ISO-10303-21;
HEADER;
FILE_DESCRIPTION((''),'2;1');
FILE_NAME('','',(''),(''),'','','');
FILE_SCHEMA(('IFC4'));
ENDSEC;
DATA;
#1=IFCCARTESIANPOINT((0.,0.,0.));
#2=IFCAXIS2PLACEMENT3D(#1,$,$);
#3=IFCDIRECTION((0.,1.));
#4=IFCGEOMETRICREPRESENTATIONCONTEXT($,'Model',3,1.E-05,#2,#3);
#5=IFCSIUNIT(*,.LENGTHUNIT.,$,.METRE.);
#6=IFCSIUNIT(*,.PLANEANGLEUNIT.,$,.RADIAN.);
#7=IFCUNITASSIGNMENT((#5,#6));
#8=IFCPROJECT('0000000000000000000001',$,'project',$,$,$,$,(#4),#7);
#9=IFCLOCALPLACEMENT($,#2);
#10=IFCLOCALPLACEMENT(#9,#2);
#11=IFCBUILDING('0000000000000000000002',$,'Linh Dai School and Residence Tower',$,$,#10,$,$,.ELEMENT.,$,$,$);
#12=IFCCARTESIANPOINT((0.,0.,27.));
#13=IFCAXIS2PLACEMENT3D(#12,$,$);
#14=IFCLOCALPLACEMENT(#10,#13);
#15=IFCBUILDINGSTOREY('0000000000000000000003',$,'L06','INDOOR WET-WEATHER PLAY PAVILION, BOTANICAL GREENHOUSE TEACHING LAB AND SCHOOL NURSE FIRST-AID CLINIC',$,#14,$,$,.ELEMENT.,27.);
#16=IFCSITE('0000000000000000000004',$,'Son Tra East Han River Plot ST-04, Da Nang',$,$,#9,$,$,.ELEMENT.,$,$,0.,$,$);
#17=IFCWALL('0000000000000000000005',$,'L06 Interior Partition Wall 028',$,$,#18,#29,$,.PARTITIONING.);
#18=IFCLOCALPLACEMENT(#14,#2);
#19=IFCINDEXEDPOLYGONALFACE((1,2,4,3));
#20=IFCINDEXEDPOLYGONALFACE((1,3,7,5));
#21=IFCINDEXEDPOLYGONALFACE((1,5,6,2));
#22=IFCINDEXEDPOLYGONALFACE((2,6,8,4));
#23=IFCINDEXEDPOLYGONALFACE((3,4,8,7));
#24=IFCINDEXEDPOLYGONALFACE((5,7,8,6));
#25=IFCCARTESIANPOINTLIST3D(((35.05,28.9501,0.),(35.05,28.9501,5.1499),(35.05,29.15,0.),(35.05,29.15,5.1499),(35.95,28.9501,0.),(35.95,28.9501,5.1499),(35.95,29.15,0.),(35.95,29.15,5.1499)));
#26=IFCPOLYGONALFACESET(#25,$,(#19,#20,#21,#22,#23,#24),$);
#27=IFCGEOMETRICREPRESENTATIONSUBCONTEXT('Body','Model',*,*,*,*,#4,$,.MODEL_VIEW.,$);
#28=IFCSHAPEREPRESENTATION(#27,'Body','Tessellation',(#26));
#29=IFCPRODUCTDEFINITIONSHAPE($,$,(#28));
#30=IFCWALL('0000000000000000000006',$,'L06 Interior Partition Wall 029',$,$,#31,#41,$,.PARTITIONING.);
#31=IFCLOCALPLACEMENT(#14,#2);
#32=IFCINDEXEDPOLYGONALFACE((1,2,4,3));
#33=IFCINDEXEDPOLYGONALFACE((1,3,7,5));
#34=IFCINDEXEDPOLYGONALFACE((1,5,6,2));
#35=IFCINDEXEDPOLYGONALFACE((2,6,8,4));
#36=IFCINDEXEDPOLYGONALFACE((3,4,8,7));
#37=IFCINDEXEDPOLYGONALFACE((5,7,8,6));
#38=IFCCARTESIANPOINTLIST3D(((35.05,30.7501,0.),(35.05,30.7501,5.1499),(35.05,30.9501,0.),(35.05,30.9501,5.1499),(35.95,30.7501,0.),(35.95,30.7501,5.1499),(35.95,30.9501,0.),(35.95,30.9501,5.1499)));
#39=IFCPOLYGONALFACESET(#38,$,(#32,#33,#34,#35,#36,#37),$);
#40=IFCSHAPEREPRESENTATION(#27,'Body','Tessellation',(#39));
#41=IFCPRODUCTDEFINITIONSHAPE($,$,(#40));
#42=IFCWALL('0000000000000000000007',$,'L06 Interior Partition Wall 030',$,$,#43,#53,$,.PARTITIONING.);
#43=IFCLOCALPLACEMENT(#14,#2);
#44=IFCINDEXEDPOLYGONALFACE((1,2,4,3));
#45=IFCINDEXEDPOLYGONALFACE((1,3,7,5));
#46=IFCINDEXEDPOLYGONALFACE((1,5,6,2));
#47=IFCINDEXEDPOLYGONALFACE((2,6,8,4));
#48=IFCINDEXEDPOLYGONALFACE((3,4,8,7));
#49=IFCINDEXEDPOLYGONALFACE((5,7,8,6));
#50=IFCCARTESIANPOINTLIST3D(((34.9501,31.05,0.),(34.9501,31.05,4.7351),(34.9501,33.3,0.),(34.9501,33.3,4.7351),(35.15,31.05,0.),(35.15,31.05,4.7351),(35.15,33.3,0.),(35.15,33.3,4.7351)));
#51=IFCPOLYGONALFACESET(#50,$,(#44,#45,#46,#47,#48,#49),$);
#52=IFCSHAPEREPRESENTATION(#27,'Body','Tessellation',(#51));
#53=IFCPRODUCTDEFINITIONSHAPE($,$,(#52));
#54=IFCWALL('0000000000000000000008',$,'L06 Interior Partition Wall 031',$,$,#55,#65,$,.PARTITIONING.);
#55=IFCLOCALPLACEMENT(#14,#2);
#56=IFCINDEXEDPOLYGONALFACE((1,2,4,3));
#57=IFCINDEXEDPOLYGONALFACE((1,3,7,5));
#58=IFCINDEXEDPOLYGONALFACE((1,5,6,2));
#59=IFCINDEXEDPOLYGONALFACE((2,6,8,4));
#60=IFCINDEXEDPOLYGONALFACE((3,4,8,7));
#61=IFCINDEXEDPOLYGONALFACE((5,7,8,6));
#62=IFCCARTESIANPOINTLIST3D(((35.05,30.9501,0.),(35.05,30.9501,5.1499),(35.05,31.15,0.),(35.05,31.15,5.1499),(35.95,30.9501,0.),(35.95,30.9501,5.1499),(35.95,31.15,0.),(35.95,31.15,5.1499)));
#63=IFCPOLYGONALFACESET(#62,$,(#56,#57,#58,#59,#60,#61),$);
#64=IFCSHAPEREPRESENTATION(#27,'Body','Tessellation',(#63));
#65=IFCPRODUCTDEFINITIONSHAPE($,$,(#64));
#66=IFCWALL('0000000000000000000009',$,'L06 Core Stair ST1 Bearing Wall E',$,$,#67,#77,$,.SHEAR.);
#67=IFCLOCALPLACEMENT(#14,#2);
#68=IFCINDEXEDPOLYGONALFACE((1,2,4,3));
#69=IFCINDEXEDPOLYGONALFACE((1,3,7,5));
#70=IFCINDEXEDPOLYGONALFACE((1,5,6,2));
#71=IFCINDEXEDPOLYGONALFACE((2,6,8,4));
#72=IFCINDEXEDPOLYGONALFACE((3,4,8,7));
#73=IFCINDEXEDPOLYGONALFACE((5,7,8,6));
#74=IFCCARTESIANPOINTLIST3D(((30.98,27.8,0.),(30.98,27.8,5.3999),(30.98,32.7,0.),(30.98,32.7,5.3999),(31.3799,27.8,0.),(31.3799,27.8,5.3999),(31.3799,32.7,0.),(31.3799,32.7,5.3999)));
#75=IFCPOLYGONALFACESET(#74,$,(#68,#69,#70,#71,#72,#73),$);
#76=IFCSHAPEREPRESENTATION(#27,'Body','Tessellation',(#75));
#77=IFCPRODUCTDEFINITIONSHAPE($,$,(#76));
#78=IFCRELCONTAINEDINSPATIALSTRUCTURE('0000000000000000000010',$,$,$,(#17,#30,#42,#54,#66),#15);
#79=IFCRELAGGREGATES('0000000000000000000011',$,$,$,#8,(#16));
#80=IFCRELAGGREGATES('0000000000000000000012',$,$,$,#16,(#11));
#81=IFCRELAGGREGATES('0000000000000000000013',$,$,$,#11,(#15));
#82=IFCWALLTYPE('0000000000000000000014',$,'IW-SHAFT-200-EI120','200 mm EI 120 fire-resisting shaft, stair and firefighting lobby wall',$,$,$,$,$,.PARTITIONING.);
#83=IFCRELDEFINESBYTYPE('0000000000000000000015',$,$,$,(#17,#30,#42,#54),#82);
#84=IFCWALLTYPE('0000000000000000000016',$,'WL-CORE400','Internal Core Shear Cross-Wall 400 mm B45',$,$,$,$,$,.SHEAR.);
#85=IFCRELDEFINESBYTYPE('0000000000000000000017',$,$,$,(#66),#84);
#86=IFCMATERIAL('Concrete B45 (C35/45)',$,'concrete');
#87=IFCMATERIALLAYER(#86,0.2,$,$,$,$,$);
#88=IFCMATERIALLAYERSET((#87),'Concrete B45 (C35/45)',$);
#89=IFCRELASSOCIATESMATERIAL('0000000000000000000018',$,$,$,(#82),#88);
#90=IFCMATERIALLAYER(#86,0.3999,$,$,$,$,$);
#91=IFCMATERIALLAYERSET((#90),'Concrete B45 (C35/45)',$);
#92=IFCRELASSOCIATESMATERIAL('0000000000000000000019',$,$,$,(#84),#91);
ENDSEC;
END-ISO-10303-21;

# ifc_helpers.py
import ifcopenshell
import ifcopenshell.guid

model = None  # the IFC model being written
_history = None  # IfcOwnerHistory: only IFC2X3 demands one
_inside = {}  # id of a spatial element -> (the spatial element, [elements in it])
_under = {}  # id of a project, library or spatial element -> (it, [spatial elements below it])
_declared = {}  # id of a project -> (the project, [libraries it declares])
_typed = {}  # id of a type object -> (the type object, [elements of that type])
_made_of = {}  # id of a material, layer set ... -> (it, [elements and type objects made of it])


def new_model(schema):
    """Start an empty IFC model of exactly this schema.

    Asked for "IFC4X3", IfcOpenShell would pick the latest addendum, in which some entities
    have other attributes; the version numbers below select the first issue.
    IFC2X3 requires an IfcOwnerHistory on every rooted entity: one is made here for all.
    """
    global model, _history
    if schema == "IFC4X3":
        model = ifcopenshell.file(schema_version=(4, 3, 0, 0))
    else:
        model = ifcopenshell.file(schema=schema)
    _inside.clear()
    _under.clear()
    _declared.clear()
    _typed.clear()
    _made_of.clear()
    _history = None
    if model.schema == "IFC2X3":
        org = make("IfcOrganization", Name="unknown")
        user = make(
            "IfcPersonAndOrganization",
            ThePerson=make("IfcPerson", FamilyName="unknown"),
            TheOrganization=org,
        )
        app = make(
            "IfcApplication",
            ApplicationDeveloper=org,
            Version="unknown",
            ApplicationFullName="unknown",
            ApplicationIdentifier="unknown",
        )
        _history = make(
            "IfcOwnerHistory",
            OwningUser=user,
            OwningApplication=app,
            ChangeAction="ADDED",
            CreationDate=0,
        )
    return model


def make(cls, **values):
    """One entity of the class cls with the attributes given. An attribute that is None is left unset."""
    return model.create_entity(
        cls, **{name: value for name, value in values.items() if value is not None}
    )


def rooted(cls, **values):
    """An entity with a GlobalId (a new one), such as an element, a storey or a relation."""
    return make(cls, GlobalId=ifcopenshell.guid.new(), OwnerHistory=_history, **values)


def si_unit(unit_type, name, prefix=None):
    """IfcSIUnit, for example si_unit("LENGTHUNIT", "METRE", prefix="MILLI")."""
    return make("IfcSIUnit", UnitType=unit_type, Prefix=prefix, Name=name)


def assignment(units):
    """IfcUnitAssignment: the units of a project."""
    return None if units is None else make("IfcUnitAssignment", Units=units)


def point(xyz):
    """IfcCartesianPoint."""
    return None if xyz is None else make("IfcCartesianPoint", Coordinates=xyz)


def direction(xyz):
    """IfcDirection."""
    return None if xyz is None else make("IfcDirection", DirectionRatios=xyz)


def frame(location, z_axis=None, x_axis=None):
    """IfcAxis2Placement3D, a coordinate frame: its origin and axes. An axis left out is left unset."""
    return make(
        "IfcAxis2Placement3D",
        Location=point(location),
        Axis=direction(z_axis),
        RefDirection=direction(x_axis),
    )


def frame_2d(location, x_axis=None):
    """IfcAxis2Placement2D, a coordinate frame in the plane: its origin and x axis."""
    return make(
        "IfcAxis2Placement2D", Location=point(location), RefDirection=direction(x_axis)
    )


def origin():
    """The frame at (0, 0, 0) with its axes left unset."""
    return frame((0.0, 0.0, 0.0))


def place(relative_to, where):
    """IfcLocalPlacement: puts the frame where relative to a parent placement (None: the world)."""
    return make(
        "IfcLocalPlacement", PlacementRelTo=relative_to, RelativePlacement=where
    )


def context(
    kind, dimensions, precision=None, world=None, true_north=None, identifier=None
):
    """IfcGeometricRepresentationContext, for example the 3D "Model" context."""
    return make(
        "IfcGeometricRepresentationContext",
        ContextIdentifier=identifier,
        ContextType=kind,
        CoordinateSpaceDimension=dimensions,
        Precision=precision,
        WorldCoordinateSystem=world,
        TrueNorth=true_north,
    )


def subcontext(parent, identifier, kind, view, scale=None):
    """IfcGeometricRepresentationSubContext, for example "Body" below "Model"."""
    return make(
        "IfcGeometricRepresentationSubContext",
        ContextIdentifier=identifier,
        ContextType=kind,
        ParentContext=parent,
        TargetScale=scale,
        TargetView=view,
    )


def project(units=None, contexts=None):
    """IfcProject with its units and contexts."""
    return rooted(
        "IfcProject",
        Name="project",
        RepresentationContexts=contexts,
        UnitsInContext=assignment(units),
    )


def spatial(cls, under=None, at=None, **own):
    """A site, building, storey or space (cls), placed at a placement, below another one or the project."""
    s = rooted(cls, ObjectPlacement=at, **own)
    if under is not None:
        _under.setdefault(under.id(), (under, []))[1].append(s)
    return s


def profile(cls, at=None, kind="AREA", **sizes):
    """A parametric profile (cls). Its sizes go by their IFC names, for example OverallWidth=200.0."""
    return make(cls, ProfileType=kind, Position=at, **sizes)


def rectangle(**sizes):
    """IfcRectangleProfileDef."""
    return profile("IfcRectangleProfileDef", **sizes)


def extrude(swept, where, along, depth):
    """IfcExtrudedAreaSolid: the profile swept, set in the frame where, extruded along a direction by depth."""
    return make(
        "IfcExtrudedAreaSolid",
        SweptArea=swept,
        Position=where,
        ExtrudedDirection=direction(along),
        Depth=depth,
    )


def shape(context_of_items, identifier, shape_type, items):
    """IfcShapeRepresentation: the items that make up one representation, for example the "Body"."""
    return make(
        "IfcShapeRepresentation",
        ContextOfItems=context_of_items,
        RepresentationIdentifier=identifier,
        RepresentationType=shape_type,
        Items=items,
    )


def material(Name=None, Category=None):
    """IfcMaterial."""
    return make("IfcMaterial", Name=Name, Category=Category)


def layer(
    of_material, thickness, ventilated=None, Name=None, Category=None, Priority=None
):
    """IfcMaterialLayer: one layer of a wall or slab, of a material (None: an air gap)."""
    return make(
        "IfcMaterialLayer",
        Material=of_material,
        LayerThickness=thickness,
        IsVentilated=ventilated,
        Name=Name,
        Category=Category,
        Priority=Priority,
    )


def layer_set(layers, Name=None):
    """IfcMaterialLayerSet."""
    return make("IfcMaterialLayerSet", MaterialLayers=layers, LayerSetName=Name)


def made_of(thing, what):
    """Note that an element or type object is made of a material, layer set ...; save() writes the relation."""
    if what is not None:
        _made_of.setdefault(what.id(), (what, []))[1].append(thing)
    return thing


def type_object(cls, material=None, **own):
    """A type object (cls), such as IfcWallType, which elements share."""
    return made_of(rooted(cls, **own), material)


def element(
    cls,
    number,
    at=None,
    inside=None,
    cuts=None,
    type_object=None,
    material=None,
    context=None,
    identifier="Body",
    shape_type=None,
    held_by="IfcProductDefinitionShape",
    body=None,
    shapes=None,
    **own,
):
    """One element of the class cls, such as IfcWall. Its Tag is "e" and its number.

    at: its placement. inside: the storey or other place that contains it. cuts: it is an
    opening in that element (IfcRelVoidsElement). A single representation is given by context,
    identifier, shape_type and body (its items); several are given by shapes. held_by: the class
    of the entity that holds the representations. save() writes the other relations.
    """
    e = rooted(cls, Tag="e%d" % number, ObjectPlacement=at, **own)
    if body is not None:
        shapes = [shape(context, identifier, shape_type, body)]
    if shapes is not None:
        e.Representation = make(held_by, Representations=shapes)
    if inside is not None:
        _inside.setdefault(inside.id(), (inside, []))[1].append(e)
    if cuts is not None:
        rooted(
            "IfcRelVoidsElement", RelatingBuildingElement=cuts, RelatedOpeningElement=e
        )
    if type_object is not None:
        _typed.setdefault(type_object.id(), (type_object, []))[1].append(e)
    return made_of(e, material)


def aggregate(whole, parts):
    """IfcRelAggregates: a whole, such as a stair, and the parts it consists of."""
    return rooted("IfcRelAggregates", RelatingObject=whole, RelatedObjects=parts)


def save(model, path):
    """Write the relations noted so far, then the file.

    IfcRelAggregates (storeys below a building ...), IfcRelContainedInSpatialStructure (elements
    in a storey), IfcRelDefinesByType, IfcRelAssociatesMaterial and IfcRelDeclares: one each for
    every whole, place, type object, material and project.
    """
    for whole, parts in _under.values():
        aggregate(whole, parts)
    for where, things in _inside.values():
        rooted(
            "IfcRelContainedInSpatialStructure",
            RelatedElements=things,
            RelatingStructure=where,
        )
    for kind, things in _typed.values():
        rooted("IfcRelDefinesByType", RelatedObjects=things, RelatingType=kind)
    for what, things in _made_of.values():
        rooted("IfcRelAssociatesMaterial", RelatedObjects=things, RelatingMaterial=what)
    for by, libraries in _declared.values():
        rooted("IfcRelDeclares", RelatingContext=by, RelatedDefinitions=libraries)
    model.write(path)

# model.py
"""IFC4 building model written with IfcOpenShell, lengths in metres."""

from ifc_helpers import new_model, si_unit, direction, frame, frame_2d, origin, place, context, subcontext, project, spatial, rectangle, extrude, material, layer, layer_set, type_object, element, save


model = new_model("IFC4")

# Units and contexts
model_context = context("Model", 3, precision=1e-05, world=origin(), true_north=direction((0.0, 1.0)))
body_context = subcontext(model_context, "Body", "Model", "MODEL_VIEW")
ifc_project = project(units=[si_unit("LENGTHUNIT", "METRE"), si_unit("PLANEANGLEUNIT", "RADIAN")], contexts=[model_context])

# Site, building, storey
site_placement = place(None, origin())
site = spatial("IfcSite", under=ifc_project, at=site_placement, Name="Son Tra East Han River Plot ST-04, Da Nang", CompositionType="ELEMENT", RefElevation=0.0)
building_placement = place(site_placement, origin())
building = spatial("IfcBuilding", under=site, at=building_placement, Name="Linh Dai School and Residence Tower", CompositionType="ELEMENT")
storey_placement = place(building_placement, frame((0.0, 0.0, 27.0)))
storey = spatial("IfcBuildingStorey", under=building, at=storey_placement, Name="L06", Description="INDOOR WET-WEATHER PLAY PAVILION, BOTANICAL GREENHOUSE TEACHING LAB AND SCHOOL NURSE FIRST-AID CLINIC", CompositionType="ELEMENT", Elevation=27.0)

# Walls
ifc_material_1 = material(Name="Concrete B45 (C35/45)", Category="concrete")
ifc_layer_1 = layer(ifc_material_1, 0.2)
ifc_layer_set_1 = layer_set([ifc_layer_1], Name="Concrete B45 (C35/45)")
wall_type_1 = type_object("IfcWallType", Name="IW-SHAFT-200-EI120", Description="200 mm EI 120 fire-resisting shaft, stair and firefighting lobby wall", PredefinedType="PARTITIONING", material=ifc_layer_set_1)
for number, where, z_axis, x_axis, name in (
    (1, (35.05, 29.05, 0.0), (0.0, 0.0, 1.0), (1.0, 0.0, 0.0), "L06 Interior Partition Wall 028"),
    (2, (35.05, 30.8501, 0.0), (0.0, 0.0, 1.0), (1.0, 0.0, 0.0), "L06 Interior Partition Wall 029"),
):
    element("IfcWall", number, at=place(storey_placement, frame(where, z_axis=z_axis, x_axis=x_axis)), inside=storey, type_object=wall_type_1, Name=name, PredefinedType="PARTITIONING", context=body_context, shape_type="SweptSolid", body=[
        extrude(rectangle(XDim=0.8999, YDim=0.2, at=frame_2d((0.45, 0.0))), origin(), (0.0, 0.0, 1.0), 5.1499),
    ])
wall_1_placement = place(storey_placement, frame((35.05, 31.05, 0.0), z_axis=(0.0, 0.0, 1.0), x_axis=(0.0, 1.0, 0.0)))
element("IfcWall", 3, at=wall_1_placement, inside=storey, type_object=wall_type_1, Name="L06 Interior Partition Wall 030", PredefinedType="PARTITIONING", context=body_context, shape_type="SweptSolid", body=[
    extrude(rectangle(XDim=2.25, YDim=0.2, at=frame_2d((1.125, 0.0))), origin(), (0.0, 0.0, 1.0), 4.7351),
])
wall_2_placement = place(storey_placement, frame((35.05, 31.05, 0.0), z_axis=(0.0, 0.0, 1.0), x_axis=(1.0, 0.0, 0.0)))
element("IfcWall", 4, at=wall_2_placement, inside=storey, type_object=wall_type_1, Name="L06 Interior Partition Wall 031", PredefinedType="PARTITIONING", context=body_context, shape_type="SweptSolid", body=[
    extrude(rectangle(XDim=0.8999, YDim=0.2, at=frame_2d((0.45, 0.0))), origin(), (0.0, 0.0, 1.0), 5.1499),
])

# Wall
ifc_layer_2 = layer(ifc_material_1, 0.3999)
ifc_layer_set_2 = layer_set([ifc_layer_2], Name="Concrete B45 (C35/45)")
wall_type_2 = type_object("IfcWallType", Name="WL-CORE400", Description="Internal Core Shear Cross-Wall 400 mm B45", PredefinedType="SHEAR", material=ifc_layer_set_2)
wall_3_placement = place(storey_placement, frame((31.1799, 27.8, 0.0), z_axis=(0.0, 0.0, 1.0), x_axis=(0.0, 1.0, 0.0)))
element("IfcWall", 5, at=wall_3_placement, inside=storey, type_object=wall_type_2, Name="L06 Core Stair ST1 Bearing Wall E", PredefinedType="SHEAR", context=body_context, shape_type="SweptSolid", body=[
    extrude(rectangle(XDim=4.8999, YDim=0.3999, at=frame_2d((2.45, 0.0))), origin(), (0.0, 0.0, 1.0), 5.3999),
])

save(model, "model.ifc")
